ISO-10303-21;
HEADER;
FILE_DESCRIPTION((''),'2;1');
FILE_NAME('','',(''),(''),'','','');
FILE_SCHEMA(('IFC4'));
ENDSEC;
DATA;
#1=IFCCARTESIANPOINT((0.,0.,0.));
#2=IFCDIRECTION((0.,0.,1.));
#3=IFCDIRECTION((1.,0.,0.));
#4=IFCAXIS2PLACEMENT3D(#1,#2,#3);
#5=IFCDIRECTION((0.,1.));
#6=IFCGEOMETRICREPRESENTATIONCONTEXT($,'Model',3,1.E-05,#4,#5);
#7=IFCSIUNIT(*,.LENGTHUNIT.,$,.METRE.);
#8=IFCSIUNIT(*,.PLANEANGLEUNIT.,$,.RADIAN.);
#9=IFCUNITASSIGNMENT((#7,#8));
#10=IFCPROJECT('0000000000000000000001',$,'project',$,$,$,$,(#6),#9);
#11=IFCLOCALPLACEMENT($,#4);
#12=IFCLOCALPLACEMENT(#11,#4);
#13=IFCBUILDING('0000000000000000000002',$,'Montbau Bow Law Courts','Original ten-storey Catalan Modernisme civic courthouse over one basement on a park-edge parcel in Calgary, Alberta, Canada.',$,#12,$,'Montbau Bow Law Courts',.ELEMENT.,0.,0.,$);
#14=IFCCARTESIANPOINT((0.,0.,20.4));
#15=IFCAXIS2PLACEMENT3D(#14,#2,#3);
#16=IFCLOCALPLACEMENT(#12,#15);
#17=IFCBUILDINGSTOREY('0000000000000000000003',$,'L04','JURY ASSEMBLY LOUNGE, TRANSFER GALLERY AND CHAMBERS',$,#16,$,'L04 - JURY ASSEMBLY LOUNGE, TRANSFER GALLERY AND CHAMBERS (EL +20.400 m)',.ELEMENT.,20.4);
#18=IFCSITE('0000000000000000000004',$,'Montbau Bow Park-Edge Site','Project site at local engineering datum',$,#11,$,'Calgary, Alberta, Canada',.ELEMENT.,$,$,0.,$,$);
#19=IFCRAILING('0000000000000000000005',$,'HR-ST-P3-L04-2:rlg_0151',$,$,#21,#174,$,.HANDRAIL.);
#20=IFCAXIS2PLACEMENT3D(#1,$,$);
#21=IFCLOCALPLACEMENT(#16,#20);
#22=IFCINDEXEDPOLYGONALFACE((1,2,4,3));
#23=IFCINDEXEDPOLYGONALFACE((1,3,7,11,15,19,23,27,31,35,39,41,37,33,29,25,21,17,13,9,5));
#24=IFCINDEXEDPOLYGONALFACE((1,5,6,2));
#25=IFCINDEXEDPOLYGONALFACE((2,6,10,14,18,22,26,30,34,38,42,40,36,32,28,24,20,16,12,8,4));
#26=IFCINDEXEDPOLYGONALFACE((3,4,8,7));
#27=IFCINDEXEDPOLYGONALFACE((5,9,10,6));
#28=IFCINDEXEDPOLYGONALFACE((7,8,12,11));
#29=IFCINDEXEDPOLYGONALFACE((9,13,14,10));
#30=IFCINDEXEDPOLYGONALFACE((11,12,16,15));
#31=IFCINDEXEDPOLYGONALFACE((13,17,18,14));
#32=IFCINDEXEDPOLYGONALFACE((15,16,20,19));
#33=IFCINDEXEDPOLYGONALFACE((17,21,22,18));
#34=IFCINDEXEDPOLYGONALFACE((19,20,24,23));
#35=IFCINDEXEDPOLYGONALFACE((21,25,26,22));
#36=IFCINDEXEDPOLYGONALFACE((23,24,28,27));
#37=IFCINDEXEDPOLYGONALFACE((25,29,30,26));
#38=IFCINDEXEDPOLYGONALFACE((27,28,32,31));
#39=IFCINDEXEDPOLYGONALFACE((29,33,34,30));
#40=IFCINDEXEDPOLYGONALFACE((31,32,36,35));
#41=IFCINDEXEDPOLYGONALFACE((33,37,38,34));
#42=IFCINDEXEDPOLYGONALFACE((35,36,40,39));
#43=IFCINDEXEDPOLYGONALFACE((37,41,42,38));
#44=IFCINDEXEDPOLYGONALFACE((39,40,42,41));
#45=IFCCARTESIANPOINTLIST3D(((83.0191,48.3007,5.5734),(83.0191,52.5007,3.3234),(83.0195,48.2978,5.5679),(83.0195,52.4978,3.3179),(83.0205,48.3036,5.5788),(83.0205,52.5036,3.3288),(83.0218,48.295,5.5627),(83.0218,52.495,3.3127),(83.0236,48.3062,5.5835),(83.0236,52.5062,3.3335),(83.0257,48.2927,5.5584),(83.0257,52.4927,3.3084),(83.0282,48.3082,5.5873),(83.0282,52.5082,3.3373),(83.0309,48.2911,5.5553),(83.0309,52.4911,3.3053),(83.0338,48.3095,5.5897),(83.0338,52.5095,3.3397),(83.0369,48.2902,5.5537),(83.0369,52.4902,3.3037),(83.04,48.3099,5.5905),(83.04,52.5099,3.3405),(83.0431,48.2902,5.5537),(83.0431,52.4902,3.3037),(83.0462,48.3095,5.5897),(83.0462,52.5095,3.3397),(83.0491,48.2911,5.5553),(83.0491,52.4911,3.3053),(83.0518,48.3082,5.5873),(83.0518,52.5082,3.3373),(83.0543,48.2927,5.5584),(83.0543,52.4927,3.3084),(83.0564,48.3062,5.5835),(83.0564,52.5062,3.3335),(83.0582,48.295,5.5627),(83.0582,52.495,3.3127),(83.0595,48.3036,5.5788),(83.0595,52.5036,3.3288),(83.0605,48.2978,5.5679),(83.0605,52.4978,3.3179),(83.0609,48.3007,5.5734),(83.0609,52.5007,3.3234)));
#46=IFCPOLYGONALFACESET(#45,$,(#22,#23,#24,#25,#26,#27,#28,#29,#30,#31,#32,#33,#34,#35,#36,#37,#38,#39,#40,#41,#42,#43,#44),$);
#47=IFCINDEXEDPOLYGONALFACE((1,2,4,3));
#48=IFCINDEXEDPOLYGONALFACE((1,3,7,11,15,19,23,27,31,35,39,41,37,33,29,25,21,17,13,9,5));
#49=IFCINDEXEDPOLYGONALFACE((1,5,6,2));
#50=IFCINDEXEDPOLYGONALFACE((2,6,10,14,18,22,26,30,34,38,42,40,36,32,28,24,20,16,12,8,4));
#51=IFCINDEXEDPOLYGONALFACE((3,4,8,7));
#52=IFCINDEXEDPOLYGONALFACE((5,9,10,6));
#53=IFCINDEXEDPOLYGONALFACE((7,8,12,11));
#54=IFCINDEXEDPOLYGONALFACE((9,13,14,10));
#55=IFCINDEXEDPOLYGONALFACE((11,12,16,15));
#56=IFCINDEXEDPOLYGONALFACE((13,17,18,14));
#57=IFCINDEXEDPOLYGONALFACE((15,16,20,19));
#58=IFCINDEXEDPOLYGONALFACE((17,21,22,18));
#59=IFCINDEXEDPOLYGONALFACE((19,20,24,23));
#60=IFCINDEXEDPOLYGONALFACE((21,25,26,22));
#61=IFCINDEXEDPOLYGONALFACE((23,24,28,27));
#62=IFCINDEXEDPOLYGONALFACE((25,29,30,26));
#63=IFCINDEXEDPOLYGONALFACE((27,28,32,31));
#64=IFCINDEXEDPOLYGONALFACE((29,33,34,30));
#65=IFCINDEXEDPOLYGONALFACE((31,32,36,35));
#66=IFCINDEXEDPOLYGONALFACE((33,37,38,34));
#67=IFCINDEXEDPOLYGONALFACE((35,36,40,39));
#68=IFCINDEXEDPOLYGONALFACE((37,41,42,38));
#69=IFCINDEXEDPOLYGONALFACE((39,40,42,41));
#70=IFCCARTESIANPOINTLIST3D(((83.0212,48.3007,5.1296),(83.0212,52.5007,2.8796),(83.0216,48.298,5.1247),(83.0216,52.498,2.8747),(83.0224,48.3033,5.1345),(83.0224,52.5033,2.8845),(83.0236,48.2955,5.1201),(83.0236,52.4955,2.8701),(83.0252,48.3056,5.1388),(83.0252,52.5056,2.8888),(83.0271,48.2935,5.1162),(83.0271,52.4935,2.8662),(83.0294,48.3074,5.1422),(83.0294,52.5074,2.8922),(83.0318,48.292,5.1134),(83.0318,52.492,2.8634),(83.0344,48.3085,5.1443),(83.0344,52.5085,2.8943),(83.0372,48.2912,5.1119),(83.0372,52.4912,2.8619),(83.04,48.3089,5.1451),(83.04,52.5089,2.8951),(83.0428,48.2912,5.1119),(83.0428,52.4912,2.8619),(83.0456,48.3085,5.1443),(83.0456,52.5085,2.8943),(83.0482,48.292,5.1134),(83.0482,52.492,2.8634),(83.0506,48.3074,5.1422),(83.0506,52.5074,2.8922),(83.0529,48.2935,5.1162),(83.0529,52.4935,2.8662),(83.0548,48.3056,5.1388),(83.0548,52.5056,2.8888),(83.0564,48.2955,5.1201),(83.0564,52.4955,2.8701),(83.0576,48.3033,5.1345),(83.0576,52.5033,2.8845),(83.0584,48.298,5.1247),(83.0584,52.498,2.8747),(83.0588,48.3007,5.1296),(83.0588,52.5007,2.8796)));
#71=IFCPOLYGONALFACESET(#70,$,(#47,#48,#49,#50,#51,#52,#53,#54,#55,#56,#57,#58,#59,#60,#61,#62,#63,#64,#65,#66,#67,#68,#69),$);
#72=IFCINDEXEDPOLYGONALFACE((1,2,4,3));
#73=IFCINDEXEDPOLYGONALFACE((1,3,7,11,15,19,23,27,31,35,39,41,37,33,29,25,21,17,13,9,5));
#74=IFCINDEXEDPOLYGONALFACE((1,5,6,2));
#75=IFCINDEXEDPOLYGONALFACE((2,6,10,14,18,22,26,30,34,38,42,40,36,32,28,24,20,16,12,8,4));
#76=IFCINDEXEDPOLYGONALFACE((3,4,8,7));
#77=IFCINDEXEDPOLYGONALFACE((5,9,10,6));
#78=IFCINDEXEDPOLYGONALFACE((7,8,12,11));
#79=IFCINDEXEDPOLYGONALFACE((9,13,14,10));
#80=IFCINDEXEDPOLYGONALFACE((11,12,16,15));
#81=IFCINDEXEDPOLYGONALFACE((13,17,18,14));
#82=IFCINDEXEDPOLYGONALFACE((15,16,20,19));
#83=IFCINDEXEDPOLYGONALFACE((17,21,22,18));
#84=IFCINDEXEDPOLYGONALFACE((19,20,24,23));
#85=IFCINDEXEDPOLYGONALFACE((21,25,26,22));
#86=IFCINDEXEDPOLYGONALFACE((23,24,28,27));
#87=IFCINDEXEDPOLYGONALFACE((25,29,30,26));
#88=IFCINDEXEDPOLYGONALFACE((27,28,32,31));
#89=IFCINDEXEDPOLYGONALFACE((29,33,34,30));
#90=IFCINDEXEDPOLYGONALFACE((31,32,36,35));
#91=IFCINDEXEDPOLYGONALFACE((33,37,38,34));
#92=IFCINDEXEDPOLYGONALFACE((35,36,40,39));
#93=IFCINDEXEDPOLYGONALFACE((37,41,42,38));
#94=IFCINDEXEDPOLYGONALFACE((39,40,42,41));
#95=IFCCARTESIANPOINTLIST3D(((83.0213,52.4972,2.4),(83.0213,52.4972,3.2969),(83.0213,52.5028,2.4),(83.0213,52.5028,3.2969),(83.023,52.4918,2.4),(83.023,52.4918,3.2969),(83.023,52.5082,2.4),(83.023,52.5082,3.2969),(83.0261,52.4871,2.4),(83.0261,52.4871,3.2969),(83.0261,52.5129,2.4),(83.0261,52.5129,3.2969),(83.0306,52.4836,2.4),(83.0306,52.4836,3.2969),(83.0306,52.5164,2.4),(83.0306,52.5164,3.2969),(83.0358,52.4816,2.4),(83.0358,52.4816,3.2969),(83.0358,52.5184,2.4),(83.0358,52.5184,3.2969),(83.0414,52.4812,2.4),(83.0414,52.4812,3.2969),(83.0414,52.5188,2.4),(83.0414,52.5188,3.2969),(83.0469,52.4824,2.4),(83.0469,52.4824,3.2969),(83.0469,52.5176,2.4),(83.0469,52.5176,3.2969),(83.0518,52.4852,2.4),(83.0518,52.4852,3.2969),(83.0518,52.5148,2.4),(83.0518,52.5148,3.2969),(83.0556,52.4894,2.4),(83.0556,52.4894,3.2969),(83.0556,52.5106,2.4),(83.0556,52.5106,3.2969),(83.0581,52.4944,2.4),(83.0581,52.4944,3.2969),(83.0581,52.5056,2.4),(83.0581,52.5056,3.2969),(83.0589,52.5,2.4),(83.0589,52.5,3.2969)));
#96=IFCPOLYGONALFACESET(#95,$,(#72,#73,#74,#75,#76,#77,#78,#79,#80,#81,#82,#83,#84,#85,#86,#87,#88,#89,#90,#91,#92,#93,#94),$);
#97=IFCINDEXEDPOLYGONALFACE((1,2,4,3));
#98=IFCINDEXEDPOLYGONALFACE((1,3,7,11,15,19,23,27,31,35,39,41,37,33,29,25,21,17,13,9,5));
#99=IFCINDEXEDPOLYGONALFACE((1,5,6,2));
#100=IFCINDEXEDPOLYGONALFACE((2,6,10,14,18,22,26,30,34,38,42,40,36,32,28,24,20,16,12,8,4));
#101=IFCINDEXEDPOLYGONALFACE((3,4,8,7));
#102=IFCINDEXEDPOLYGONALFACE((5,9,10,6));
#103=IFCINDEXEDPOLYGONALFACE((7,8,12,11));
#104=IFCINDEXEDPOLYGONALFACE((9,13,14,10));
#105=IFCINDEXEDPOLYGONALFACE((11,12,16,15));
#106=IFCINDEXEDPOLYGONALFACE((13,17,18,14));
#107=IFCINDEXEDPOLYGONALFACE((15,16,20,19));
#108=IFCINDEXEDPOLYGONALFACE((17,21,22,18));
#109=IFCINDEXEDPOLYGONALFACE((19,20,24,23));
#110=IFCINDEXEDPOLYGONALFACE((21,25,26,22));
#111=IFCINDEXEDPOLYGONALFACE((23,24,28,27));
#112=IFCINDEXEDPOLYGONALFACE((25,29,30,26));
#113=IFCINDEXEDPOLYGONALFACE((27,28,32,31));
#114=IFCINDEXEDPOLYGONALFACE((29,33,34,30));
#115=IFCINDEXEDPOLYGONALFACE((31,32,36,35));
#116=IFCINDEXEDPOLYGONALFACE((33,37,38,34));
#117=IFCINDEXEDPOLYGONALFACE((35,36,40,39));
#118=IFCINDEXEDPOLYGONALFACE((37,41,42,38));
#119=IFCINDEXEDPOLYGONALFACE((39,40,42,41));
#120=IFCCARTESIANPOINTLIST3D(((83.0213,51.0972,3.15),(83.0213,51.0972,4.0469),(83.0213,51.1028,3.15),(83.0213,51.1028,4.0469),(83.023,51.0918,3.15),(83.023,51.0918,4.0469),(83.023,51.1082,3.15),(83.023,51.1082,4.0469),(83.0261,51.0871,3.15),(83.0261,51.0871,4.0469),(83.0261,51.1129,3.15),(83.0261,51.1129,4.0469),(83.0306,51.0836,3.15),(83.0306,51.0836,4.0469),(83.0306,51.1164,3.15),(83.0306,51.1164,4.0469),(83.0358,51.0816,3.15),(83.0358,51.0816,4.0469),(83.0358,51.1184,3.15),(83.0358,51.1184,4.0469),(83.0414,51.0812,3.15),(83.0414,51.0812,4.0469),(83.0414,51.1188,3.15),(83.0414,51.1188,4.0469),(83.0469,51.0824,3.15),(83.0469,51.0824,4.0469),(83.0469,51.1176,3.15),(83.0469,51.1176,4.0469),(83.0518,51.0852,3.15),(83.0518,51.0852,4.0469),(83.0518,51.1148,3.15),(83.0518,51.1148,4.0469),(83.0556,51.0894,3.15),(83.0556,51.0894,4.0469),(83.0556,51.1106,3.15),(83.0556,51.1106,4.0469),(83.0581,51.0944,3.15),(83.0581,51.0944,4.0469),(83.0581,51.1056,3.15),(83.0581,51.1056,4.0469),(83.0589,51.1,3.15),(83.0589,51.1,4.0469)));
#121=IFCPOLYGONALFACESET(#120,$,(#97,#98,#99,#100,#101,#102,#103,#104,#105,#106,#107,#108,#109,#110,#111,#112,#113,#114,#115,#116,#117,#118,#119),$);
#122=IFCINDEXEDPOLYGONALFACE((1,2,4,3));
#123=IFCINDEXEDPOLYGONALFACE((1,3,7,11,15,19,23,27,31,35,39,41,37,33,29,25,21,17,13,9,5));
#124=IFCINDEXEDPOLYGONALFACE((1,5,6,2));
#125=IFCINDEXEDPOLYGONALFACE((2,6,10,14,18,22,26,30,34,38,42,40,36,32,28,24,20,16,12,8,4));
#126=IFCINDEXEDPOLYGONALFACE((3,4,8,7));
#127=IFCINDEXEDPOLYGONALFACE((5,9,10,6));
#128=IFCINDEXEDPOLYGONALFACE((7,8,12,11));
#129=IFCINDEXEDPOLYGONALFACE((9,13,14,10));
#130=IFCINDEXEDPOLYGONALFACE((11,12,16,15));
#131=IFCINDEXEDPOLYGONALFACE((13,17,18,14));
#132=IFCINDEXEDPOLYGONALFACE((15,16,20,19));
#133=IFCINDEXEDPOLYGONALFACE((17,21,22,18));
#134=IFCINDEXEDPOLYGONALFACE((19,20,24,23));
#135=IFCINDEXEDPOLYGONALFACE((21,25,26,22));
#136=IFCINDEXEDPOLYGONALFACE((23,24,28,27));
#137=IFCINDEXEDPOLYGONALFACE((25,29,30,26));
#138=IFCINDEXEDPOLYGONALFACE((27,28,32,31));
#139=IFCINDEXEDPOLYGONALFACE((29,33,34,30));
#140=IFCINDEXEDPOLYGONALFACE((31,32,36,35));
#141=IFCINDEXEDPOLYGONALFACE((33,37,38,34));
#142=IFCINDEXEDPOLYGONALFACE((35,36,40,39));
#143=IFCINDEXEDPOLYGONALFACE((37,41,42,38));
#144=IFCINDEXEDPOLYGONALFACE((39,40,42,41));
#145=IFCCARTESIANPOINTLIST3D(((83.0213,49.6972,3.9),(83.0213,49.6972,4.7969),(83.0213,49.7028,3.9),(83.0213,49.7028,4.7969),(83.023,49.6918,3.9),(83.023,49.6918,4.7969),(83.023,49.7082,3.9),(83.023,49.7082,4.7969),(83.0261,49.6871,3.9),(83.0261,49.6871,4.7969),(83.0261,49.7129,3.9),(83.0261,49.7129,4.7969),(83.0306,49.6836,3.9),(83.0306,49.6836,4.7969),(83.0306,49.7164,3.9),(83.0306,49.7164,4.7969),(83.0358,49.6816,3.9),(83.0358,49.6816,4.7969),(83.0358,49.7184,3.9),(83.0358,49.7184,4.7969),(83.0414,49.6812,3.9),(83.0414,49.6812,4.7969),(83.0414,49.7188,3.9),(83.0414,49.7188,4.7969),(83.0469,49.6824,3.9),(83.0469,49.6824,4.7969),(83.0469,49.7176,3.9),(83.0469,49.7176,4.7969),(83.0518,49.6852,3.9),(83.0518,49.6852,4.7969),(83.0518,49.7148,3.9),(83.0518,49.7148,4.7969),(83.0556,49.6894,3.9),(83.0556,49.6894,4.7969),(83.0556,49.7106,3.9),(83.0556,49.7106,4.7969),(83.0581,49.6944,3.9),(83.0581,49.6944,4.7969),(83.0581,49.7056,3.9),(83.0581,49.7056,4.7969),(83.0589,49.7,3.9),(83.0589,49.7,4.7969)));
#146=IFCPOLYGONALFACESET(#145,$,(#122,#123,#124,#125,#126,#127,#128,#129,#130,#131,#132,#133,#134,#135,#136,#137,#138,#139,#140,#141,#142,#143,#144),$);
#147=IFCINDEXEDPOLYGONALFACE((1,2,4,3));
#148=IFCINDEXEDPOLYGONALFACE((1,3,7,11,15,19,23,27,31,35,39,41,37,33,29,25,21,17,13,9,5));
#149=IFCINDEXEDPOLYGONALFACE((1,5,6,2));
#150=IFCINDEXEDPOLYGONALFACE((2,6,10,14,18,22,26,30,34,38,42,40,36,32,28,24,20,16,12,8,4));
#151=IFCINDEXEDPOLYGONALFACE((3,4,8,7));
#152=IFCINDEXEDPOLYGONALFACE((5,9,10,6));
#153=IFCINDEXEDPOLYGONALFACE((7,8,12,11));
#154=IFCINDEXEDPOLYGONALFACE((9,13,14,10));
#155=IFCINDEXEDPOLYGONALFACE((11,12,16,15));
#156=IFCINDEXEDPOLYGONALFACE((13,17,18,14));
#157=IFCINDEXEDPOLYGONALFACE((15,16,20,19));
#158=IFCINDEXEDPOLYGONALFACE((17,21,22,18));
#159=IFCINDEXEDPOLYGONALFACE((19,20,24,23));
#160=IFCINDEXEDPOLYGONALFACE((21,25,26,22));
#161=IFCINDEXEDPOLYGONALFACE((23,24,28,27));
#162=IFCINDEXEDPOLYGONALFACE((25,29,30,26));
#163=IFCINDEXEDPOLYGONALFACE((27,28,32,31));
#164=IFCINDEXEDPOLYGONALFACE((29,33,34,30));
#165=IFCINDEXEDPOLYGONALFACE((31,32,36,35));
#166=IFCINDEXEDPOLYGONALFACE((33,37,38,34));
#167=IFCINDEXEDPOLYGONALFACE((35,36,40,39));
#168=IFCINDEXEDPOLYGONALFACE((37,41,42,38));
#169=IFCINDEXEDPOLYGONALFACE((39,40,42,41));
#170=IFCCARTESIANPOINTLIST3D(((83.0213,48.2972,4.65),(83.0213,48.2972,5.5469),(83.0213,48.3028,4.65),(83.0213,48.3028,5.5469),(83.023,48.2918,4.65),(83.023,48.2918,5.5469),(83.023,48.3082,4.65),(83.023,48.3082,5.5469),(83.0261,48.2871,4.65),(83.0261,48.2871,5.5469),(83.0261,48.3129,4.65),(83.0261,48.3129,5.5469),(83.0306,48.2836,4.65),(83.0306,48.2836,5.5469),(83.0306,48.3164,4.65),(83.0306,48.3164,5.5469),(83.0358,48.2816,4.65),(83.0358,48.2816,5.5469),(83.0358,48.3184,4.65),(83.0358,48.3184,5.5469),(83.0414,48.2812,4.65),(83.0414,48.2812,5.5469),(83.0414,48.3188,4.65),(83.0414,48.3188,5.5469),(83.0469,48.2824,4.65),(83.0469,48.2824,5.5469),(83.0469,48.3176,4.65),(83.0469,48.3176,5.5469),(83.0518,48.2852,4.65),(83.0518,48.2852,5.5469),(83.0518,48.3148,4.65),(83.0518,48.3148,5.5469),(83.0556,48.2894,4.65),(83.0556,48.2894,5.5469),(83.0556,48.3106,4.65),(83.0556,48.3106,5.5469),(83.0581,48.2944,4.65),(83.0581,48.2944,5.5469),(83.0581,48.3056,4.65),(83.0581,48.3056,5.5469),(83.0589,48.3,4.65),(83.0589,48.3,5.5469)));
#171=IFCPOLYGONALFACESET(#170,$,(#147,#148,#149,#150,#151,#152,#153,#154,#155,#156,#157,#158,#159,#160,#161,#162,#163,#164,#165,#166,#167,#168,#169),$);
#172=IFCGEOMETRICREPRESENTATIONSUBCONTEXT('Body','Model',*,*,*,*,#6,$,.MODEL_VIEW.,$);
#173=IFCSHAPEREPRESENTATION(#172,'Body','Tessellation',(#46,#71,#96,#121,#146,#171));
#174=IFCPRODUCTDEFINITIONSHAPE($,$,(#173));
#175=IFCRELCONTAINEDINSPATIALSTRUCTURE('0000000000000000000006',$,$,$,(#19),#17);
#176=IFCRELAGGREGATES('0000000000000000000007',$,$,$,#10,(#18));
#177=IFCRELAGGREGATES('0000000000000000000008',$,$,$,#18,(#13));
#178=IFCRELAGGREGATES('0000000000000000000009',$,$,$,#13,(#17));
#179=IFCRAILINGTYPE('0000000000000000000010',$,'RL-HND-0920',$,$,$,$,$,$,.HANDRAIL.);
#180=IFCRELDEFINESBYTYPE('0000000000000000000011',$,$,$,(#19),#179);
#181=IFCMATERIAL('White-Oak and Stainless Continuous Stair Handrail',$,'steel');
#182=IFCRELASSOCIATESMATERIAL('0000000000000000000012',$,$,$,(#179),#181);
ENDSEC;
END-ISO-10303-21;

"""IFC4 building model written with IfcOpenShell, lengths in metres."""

from ifc_helpers import new_model, si_unit, direction, frame, origin_with_axes, origin_2d_with_axis, place, context, subcontext, project, spatial, circle, extrude, material, type_object, element, save


model = new_model("IFC4")

# Units and contexts
model_context = context("Model", 3, precision=1e-05, world=origin_with_axes(), true_north=direction((0.0, 1.0)))
body_context = subcontext(model_context, "Body", "Model", "MODEL_VIEW")
ifc_project = project(units=[si_unit("LENGTHUNIT", "METRE"), si_unit("PLANEANGLEUNIT", "RADIAN")], contexts=[model_context])

# Site, building, storey
site_placement = place(None, origin_with_axes())
site = spatial("IfcSite", under=ifc_project, at=site_placement, Name="Montbau Bow Park-Edge Site", Description="Project site at local engineering datum", LongName="Calgary, Alberta, Canada", CompositionType="ELEMENT", RefElevation=0.0)
building_placement = place(site_placement, origin_with_axes())
building = spatial("IfcBuilding", under=site, at=building_placement, Name="Montbau Bow Law Courts", Description="Original ten-storey Catalan Modernisme civic courthouse over one basement on a park-edge parcel in Calgary, Alberta, Canada.", LongName="Montbau Bow Law Courts", CompositionType="ELEMENT", ElevationOfRefHeight=0.0, ElevationOfTerrain=0.0)
storey_placement = place(building_placement, frame((0.0, 0.0, 20.4), z_axis=(0.0, 0.0, 1.0), x_axis=(1.0, 0.0, 0.0)))
storey = spatial("IfcBuildingStorey", under=building, at=storey_placement, Name="L04", Description="JURY ASSEMBLY LOUNGE, TRANSFER GALLERY AND CHAMBERS", LongName="L04 - JURY ASSEMBLY LOUNGE, TRANSFER GALLERY AND CHAMBERS (EL +20.400 m)", CompositionType="ELEMENT", Elevation=20.4)

# Railing
ifc_material_1 = material(Name="White-Oak and Stainless Continuous Stair Handrail", Category="steel")
railing_type_1 = type_object("IfcRailingType", Name="RL-HND-0920", PredefinedType="HANDRAIL", material=ifc_material_1)
railing_1_placement = place(None, origin_with_axes())
element("IfcRailing", 1, at=railing_1_placement, inside=storey, type_object=railing_type_1, Name="HR-ST-P3-L04-2:rlg_0151", PredefinedType="HANDRAIL", context=body_context, shape_type="SweptSolid", body=[
    extrude(circle(Radius=0.021, at=origin_2d_with_axis()), frame((83.04, 52.5, 23.722), z_axis=(0.0, -0.88148, 0.472221), x_axis=(0.0, 0.472221, 0.88148)), (0.0, 0.0, 1.0), 4.7647),
    extrude(circle(Radius=0.0189, at=origin_2d_with_axis()), frame((83.04, 52.5, 23.2784), z_axis=(0.0, -0.88148, 0.472221), x_axis=(0.0, 0.472221, 0.88148)), (0.0, 0.0, 1.0), 4.7647),
    extrude(circle(Radius=0.0189, at=origin_2d_with_axis()), frame((83.04, 52.5, 22.8), z_axis=(0.0, 0.0, 1.0), x_axis=(1.0, 0.0, 0.0)), (0.0, 0.0, 1.0), 0.8969),
    extrude(circle(Radius=0.0189, at=origin_2d_with_axis()), frame((83.04, 51.1, 23.55), z_axis=(0.0, 0.0, 1.0), x_axis=(1.0, 0.0, 0.0)), (0.0, 0.0, 1.0), 0.8969),
    extrude(circle(Radius=0.0189, at=origin_2d_with_axis()), frame((83.04, 49.7, 24.3), z_axis=(0.0, 0.0, 1.0), x_axis=(1.0, 0.0, 0.0)), (0.0, 0.0, 1.0), 0.8969),
    extrude(circle(Radius=0.0189, at=origin_2d_with_axis()), frame((83.04, 48.3, 25.05), z_axis=(0.0, 0.0, 1.0), x_axis=(1.0, 0.0, 0.0)), (0.0, 0.0, 1.0), 0.8969),
])

save(model, "model.ifc")
